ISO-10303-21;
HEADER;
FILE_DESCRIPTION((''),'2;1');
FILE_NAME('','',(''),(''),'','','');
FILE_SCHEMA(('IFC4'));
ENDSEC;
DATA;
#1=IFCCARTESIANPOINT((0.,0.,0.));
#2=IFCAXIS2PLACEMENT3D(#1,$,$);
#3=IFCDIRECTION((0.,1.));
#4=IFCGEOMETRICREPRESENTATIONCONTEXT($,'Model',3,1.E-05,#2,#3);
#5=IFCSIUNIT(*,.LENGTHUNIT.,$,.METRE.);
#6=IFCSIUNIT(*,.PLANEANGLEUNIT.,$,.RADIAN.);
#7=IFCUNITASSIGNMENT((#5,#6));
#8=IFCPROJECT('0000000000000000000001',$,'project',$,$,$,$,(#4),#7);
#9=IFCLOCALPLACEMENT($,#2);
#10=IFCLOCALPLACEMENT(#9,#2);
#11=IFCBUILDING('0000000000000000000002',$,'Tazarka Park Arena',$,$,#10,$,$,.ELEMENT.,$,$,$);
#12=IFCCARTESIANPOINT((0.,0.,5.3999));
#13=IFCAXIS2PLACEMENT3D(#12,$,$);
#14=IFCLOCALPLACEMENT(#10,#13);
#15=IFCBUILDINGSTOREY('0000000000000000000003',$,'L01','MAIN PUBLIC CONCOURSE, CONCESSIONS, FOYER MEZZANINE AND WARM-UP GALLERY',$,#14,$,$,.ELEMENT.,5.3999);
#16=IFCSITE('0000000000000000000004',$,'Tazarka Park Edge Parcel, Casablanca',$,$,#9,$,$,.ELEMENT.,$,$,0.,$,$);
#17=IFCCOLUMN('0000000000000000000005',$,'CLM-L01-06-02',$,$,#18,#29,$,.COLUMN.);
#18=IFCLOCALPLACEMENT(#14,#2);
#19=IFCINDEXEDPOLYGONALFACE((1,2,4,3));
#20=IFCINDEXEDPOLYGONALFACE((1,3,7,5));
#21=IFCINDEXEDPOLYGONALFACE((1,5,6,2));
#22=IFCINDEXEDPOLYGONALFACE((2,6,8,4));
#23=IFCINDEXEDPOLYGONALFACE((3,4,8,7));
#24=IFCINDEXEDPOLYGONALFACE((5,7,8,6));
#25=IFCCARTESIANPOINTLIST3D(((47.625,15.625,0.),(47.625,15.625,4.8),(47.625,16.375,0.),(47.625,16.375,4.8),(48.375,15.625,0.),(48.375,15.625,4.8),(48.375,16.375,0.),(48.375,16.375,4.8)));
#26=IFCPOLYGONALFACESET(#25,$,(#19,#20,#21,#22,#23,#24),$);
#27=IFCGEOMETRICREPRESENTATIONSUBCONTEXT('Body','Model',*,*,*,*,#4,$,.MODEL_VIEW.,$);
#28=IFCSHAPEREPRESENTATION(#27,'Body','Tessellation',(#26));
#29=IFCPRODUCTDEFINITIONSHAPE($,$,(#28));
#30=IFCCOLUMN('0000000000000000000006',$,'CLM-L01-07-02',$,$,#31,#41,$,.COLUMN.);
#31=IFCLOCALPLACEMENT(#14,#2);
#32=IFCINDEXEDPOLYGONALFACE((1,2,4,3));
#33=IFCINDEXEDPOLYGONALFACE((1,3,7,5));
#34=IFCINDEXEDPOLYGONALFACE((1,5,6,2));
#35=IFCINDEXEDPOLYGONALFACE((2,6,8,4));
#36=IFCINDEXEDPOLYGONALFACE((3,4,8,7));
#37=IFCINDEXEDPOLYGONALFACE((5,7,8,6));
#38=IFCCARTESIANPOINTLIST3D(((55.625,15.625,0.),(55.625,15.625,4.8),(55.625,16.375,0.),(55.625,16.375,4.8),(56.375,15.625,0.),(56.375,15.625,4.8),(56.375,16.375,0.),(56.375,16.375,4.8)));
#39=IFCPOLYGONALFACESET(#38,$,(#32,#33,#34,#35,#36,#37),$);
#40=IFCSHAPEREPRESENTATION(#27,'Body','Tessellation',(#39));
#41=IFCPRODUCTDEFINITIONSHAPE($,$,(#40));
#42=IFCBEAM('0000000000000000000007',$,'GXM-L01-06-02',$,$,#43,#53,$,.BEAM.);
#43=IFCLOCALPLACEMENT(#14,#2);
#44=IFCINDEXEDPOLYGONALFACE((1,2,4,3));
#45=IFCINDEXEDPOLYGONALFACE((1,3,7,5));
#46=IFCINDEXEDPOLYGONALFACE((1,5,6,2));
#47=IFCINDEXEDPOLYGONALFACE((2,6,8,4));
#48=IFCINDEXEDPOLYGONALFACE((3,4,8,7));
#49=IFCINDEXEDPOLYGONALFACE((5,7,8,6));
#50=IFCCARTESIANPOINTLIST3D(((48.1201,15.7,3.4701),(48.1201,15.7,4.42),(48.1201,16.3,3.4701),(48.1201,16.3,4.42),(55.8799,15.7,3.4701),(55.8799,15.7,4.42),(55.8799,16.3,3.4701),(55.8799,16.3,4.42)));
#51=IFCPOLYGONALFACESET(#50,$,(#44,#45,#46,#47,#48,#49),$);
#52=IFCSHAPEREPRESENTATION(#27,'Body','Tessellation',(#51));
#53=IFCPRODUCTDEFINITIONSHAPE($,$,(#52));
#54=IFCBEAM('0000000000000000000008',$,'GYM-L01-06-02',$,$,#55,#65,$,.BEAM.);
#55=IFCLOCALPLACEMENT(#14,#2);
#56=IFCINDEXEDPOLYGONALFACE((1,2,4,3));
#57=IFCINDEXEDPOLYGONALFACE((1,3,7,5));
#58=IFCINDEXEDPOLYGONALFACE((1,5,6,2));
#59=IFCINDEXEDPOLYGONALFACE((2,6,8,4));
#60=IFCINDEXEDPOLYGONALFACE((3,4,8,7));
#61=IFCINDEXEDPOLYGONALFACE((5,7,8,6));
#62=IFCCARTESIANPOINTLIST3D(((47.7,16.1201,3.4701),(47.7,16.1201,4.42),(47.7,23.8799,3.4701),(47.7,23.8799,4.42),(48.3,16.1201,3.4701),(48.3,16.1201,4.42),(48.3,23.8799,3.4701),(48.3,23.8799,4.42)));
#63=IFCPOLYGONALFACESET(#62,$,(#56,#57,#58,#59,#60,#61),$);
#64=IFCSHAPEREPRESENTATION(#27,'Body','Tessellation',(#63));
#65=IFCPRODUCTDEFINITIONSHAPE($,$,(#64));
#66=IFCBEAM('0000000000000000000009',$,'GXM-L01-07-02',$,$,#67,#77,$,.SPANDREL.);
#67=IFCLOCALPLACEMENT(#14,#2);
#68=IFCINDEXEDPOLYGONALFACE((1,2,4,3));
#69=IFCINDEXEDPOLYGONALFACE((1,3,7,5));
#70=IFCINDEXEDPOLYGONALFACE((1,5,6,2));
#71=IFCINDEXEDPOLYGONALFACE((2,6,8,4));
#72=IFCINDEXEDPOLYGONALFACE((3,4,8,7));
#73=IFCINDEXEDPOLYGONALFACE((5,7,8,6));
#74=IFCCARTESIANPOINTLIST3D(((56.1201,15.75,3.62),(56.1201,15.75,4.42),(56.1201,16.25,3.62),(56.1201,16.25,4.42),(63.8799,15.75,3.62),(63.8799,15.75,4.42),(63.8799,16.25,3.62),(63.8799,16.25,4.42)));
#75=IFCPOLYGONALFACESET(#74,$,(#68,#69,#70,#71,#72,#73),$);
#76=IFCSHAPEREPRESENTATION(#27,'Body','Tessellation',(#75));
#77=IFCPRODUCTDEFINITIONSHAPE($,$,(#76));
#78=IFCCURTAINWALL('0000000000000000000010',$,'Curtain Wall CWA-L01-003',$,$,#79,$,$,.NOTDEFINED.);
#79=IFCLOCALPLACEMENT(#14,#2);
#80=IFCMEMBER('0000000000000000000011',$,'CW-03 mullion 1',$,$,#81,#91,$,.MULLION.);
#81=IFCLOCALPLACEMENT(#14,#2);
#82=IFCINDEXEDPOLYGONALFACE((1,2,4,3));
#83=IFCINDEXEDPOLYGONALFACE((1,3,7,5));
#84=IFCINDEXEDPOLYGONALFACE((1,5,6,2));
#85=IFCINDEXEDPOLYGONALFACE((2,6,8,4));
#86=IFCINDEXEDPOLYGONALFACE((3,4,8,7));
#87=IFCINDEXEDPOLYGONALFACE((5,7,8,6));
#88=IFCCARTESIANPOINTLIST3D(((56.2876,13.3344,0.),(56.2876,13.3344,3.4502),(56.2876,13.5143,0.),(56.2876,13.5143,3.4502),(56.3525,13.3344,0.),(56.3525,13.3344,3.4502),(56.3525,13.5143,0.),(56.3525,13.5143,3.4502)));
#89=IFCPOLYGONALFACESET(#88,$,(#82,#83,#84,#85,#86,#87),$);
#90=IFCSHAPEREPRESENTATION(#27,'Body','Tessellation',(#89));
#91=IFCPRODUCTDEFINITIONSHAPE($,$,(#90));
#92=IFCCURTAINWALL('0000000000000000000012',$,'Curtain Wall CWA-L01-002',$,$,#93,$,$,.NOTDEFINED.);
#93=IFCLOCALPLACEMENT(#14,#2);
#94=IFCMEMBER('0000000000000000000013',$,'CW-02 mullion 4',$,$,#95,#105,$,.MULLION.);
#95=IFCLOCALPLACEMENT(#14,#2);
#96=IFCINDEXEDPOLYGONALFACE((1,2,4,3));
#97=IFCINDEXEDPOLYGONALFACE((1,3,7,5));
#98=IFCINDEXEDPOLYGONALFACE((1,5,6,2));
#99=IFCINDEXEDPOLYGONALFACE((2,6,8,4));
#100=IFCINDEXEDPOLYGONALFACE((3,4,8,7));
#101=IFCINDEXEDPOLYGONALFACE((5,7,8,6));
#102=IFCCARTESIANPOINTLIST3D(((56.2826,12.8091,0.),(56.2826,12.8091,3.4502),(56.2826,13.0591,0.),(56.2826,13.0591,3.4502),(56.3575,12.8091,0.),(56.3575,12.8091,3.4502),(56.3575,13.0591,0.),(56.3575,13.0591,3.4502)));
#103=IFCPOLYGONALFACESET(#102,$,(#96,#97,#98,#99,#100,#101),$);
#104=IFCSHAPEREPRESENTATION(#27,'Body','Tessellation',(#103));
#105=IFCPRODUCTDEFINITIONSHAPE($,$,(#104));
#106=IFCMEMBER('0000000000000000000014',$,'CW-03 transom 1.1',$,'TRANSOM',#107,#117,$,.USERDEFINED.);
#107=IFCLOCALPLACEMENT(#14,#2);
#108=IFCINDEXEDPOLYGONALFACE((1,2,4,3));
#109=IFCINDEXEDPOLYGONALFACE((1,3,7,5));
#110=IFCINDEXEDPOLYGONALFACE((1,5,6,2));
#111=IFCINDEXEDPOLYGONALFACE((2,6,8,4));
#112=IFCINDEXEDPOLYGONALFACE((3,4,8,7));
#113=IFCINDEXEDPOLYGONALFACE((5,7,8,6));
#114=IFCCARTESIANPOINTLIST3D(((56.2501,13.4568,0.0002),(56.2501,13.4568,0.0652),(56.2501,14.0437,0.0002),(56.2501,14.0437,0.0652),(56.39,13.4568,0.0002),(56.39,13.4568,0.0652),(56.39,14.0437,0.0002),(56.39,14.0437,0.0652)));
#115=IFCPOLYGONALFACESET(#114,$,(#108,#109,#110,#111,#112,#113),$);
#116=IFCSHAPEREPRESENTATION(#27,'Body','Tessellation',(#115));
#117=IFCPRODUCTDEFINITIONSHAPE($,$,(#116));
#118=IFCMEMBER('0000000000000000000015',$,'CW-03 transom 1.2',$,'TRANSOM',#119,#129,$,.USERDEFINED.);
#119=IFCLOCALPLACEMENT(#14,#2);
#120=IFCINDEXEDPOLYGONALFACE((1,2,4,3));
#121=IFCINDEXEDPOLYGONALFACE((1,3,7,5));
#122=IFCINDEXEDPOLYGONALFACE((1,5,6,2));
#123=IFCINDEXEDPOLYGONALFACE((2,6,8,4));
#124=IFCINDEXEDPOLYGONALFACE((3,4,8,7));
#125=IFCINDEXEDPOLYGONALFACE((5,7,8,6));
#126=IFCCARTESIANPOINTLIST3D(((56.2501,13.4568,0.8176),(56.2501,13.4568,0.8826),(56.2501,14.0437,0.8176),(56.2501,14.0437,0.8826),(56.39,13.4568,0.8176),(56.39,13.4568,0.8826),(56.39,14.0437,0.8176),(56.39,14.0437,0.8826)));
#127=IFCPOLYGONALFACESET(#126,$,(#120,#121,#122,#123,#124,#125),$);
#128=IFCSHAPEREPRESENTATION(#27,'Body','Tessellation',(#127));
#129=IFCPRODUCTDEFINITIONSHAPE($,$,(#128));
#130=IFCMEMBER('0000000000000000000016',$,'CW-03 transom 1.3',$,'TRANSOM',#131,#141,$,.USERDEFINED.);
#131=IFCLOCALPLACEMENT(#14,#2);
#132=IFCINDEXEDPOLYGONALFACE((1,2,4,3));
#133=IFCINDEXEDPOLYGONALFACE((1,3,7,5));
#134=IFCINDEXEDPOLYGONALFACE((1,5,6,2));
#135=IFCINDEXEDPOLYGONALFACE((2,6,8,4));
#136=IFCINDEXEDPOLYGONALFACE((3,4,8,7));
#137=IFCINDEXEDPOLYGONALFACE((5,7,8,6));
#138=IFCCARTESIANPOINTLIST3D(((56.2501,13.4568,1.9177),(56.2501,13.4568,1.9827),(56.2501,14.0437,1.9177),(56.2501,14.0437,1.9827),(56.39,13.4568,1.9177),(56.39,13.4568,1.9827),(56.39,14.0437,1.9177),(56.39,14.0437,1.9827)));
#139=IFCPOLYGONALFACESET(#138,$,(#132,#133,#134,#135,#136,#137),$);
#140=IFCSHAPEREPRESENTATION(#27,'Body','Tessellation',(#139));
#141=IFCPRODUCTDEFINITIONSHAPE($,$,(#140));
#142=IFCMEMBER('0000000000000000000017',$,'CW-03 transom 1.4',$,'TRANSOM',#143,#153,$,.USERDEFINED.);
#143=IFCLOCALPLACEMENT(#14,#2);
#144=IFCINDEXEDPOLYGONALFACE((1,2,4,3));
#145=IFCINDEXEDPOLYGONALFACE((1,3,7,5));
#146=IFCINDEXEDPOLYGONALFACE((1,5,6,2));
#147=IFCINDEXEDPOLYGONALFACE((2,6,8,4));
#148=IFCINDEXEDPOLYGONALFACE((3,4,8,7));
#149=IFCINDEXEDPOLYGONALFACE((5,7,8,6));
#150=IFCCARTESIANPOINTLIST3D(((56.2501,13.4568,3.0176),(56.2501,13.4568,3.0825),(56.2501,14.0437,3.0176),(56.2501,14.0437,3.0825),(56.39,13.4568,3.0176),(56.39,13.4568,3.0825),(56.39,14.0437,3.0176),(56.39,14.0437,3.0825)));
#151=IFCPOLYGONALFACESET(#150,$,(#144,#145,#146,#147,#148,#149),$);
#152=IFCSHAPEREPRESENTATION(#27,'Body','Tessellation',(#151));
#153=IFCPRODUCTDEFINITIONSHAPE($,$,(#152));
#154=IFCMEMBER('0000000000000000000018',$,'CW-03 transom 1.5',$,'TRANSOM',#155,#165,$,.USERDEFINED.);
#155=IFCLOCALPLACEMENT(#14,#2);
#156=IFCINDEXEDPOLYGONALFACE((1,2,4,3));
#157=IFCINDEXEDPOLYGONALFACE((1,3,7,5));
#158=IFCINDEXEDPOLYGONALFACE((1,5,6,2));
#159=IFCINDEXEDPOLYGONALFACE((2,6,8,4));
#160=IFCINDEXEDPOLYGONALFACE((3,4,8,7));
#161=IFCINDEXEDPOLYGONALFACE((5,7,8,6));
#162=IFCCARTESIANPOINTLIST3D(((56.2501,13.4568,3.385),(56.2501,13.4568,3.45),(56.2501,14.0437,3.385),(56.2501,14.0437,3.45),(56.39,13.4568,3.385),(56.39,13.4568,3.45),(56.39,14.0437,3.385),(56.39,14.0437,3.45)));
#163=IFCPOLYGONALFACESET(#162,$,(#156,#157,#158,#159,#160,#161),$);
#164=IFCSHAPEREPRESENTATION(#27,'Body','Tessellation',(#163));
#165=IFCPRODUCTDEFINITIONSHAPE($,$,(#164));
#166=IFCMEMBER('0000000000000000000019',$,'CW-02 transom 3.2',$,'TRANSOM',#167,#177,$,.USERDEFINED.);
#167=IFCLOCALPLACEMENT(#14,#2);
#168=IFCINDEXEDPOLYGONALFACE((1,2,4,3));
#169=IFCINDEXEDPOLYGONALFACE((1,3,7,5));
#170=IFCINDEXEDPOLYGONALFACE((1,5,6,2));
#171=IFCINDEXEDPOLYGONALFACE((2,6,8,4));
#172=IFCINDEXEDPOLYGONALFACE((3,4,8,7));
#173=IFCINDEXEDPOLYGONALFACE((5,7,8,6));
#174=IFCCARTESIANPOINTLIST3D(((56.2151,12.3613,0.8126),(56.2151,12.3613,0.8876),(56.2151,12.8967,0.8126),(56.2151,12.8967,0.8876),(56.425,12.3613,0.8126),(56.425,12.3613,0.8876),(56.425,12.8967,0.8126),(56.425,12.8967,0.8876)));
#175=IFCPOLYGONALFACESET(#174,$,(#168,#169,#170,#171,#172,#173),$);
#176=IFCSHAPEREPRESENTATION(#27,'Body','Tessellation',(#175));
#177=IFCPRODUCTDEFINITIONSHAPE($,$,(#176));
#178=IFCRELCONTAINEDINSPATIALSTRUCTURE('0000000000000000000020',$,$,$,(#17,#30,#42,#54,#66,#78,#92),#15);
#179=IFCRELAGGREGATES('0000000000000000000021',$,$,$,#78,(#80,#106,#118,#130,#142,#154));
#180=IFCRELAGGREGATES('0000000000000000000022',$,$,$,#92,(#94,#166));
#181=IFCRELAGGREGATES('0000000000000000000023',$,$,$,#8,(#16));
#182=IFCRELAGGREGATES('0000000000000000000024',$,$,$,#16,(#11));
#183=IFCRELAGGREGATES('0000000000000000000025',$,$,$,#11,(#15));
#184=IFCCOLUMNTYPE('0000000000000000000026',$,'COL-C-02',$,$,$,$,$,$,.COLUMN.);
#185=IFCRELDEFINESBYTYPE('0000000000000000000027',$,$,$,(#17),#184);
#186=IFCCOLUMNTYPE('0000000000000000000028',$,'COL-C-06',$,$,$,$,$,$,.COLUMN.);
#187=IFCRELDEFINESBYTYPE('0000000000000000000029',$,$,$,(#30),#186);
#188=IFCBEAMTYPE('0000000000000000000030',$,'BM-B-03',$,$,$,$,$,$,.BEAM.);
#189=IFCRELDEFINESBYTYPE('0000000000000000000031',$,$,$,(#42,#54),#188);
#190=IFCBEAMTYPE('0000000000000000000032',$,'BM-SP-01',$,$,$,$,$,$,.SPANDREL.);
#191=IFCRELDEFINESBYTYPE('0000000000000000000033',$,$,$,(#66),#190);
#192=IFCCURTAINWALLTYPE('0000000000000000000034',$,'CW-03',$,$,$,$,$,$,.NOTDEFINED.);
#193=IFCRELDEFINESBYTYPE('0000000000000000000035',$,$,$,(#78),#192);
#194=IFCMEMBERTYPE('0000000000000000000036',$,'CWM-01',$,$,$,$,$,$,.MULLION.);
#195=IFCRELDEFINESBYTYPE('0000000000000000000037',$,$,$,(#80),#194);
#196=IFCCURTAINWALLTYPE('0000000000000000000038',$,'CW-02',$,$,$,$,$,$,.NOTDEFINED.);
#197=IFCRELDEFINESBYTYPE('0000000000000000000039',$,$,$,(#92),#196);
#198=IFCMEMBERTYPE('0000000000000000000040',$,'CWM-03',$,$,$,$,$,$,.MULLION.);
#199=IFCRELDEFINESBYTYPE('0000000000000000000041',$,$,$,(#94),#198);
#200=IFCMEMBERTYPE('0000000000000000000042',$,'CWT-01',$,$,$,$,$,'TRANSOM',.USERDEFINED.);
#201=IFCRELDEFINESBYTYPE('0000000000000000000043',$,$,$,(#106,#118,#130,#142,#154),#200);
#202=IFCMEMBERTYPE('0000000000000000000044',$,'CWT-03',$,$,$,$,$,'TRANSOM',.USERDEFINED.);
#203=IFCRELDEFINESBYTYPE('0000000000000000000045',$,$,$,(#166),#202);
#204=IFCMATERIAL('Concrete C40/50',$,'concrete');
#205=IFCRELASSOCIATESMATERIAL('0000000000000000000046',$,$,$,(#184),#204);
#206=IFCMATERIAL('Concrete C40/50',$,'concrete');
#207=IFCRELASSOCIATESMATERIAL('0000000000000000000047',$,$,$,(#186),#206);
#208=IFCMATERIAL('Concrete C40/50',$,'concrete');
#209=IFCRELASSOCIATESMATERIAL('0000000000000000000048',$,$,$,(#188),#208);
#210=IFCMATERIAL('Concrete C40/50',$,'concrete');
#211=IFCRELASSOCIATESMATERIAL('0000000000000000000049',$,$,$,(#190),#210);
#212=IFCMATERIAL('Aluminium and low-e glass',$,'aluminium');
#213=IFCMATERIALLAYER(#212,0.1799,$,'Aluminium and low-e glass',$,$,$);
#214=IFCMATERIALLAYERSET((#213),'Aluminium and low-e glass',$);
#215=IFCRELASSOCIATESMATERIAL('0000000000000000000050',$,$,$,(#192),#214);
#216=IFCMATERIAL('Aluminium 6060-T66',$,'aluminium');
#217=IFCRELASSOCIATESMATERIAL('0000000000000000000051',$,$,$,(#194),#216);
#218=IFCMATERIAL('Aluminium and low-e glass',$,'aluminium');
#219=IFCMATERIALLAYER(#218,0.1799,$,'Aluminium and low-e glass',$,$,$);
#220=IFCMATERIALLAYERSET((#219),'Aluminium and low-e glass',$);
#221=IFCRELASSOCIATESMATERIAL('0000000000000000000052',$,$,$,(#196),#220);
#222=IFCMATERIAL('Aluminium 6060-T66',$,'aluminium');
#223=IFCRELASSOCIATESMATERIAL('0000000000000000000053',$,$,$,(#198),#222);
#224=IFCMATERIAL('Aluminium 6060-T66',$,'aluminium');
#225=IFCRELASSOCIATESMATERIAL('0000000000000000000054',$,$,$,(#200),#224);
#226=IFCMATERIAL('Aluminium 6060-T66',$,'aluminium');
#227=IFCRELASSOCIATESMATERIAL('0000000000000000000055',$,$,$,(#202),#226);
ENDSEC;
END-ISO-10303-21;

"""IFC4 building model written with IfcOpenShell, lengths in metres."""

from ifc_helpers import new_model, si_unit, direction, frame, origin, origin_2d, place, context, subcontext, project, spatial, rectangle, extrude, material, layer, layer_set, material_profile, profile_set, type_object, element, aggregate, save


model = new_model("IFC4")

# Units and contexts
model_context = context("Model", 3, precision=1e-05, world=origin(), true_north=direction((0.0, 1.0)))
body_context = subcontext(model_context, "Body", "Model", "MODEL_VIEW")
ifc_project = project(units=[si_unit("LENGTHUNIT", "METRE"), si_unit("PLANEANGLEUNIT", "RADIAN")], contexts=[model_context])

# Site, building, storey
site_placement = place(None, origin())
site = spatial("IfcSite", under=ifc_project, at=site_placement, Name="Tazarka Park Edge Parcel, Casablanca", CompositionType="ELEMENT", RefElevation=0.0)
building_placement = place(site_placement, origin())
building = spatial("IfcBuilding", under=site, at=building_placement, Name="Tazarka Park Arena", CompositionType="ELEMENT")
storey_placement = place(building_placement, frame((0.0, 0.0, 5.3999)))
storey = spatial("IfcBuildingStorey", under=building, at=storey_placement, Name="L01", Description="MAIN PUBLIC CONCOURSE, CONCESSIONS, FOYER MEZZANINE AND WARM-UP GALLERY", CompositionType="ELEMENT", Elevation=5.3999)

# Columns
ifc_material_1 = material(Name="Concrete C40/50", Category="concrete")
ifc_material_profile_1 = material_profile(ifc_material_1, rectangle(XDim=0.75, YDim=0.75, at=origin_2d()), Name="Concrete C40/50")
ifc_profile_set_1 = profile_set([ifc_material_profile_1], Name="Concrete C40/50")
column_type_1 = type_object("IfcColumnType", Name="COL-C-02", PredefinedType="COLUMN", material=ifc_profile_set_1)
column_1_placement = place(storey_placement, frame((48.0, 16.0, 0.0), z_axis=(0.0, 0.0, 1.0), x_axis=(1.0, 0.0, 0.0)))
element("IfcColumn", 1, at=column_1_placement, inside=storey, type_object=column_type_1, Name="CLM-L01-06-02", PredefinedType="COLUMN", context=body_context, shape_type="SweptSolid", body=[
    extrude(rectangle(XDim=0.75, YDim=0.75, at=origin_2d()), origin(), (0.0, 0.0, 1.0), 4.8),
])
ifc_material_2 = material(Name="Concrete C40/50", Category="concrete")
ifc_material_profile_2 = material_profile(ifc_material_2, rectangle(XDim=0.75, YDim=0.75, at=origin_2d()), Name="Concrete C40/50")
ifc_profile_set_2 = profile_set([ifc_material_profile_2], Name="Concrete C40/50")
column_type_2 = type_object("IfcColumnType", Name="COL-C-06", PredefinedType="COLUMN", material=ifc_profile_set_2)
column_2_placement = place(storey_placement, frame((56.0, 16.0, 0.0), z_axis=(0.0, 0.0, 1.0), x_axis=(1.0, 0.0, 0.0)))
element("IfcColumn", 2, at=column_2_placement, inside=storey, type_object=column_type_2, Name="CLM-L01-07-02", PredefinedType="COLUMN", context=body_context, shape_type="SweptSolid", body=[
    extrude(rectangle(XDim=0.75, YDim=0.75, at=origin_2d()), origin(), (0.0, 0.0, 1.0), 4.8),
])

# Beams
ifc_material_3 = material(Name="Concrete C40/50", Category="concrete")
ifc_material_profile_3 = material_profile(ifc_material_3, rectangle(XDim=0.6001, YDim=0.95, at=origin_2d()), Name="Concrete C40/50")
ifc_profile_set_3 = profile_set([ifc_material_profile_3], Name="Concrete C40/50")
beam_type_1 = type_object("IfcBeamType", Name="BM-B-03", PredefinedType="BEAM", material=ifc_profile_set_3)
for number, where, z_axis, x_axis, name in (
    (3, (48.1201, 16.0, 3.9451), (1.0, 0.0, 0.0), (0.0, 1.0, 0.0), "GXM-L01-06-02"),
    (4, (48.0, 16.1201, 3.9451), (0.0, 1.0, 0.0), (-1.0, 0.0, 0.0), "GYM-L01-06-02"),
):
    element("IfcBeam", number, at=place(storey_placement, frame(where, z_axis=z_axis, x_axis=x_axis)), inside=storey, type_object=beam_type_1, Name=name, PredefinedType="BEAM", context=body_context, shape_type="SweptSolid", body=[
        extrude(rectangle(XDim=0.6001, YDim=0.95, at=origin_2d()), origin(), (0.0, 0.0, 1.0), 7.7598),
    ])
ifc_material_4 = material(Name="Concrete C40/50", Category="concrete")
ifc_material_profile_4 = material_profile(ifc_material_4, rectangle(XDim=0.5, YDim=0.8, at=origin_2d()), Name="Concrete C40/50")
ifc_profile_set_4 = profile_set([ifc_material_profile_4], Name="Concrete C40/50")
beam_type_2 = type_object("IfcBeamType", Name="BM-SP-01", PredefinedType="SPANDREL", material=ifc_profile_set_4)
beam_placement = place(storey_placement, frame((56.1201, 16.0, 4.02), z_axis=(1.0, 0.0, 0.0), x_axis=(0.0, 1.0, 0.0)))
element("IfcBeam", 5, at=beam_placement, inside=storey, type_object=beam_type_2, Name="GXM-L01-07-02", PredefinedType="SPANDREL", context=body_context, shape_type="SweptSolid", body=[
    extrude(rectangle(XDim=0.5, YDim=0.8, at=origin_2d()), origin(), (0.0, 0.0, 1.0), 7.7598),
])

# Curtain walls, members
ifc_material_5 = material(Name="Aluminium and low-e glass", Category="aluminium")
ifc_layer_1 = layer(ifc_material_5, 0.1799, Name="Aluminium and low-e glass")
ifc_layer_set_1 = layer_set([ifc_layer_1], Name="Aluminium and low-e glass")
curtain_wall_type_1 = type_object("IfcCurtainWallType", Name="CW-03", PredefinedType="NOTDEFINED", material=ifc_layer_set_1)
curtain_wall_1_placement = place(storey_placement, origin())
curtain_wall_1 = element("IfcCurtainWall", 6, at=curtain_wall_1_placement, inside=storey, type_object=curtain_wall_type_1, Name="Curtain Wall CWA-L01-003", PredefinedType="NOTDEFINED")
ifc_material_6 = material(Name="Aluminium 6060-T66", Category="aluminium")
ifc_material_profile_5 = material_profile(ifc_material_6, rectangle(XDim=0.0649, YDim=0.1799, at=origin_2d()), Name="Aluminium 6060-T66")
ifc_profile_set_5 = profile_set([ifc_material_profile_5], Name="Aluminium 6060-T66")
member_type_1 = type_object("IfcMemberType", Name="CWM-01", PredefinedType="MULLION", material=ifc_profile_set_5)
member_1_placement = place(storey_placement, frame((56.3201, 13.4243, 0.0), z_axis=(0.0, 0.0, 1.0), x_axis=(-1.0, 0.0, 0.0)))
member_1 = element("IfcMember", 7, at=member_1_placement, type_object=member_type_1, Name="CW-03 mullion 1", PredefinedType="MULLION", context=body_context, shape_type="SweptSolid", body=[
    extrude(rectangle(XDim=0.0649, YDim=0.1799, at=origin_2d()), origin(), (0.0, 0.0, 1.0), 3.4502),
])
ifc_material_7 = material(Name="Aluminium and low-e glass", Category="aluminium")
ifc_layer_2 = layer(ifc_material_7, 0.1799, Name="Aluminium and low-e glass")
ifc_layer_set_2 = layer_set([ifc_layer_2], Name="Aluminium and low-e glass")
curtain_wall_type_2 = type_object("IfcCurtainWallType", Name="CW-02", PredefinedType="NOTDEFINED", material=ifc_layer_set_2)
curtain_wall_2_placement = place(storey_placement, origin())
curtain_wall_2 = element("IfcCurtainWall", 8, at=curtain_wall_2_placement, inside=storey, type_object=curtain_wall_type_2, Name="Curtain Wall CWA-L01-002", PredefinedType="NOTDEFINED")
ifc_material_8 = material(Name="Aluminium 6060-T66", Category="aluminium")
ifc_material_profile_6 = material_profile(ifc_material_8, rectangle(XDim=0.075, YDim=0.25, at=origin_2d()), Name="Aluminium 6060-T66")
ifc_profile_set_6 = profile_set([ifc_material_profile_6], Name="Aluminium 6060-T66")
member_type_2 = type_object("IfcMemberType", Name="CWM-03", PredefinedType="MULLION", material=ifc_profile_set_6)
member_2_placement = place(storey_placement, frame((56.3201, 12.9341, 0.0), z_axis=(0.0, 0.0, 1.0), x_axis=(-1.0, 0.0, 0.0)))
member_2 = element("IfcMember", 9, at=member_2_placement, type_object=member_type_2, Name="CW-02 mullion 4", PredefinedType="MULLION", context=body_context, shape_type="SweptSolid", body=[
    extrude(rectangle(XDim=0.075, YDim=0.25, at=origin_2d()), origin(), (0.0, 0.0, 1.0), 3.4502),
])

# Members
ifc_material_9 = material(Name="Aluminium 6060-T66", Category="aluminium")
ifc_material_profile_7 = material_profile(ifc_material_9, rectangle(XDim=0.1399, YDim=0.0649, at=origin_2d()), Name="Aluminium 6060-T66")
ifc_profile_set_7 = profile_set([ifc_material_profile_7], Name="Aluminium 6060-T66")
member_type_3 = type_object("IfcMemberType", Name="CWT-01", ElementType="TRANSOM", PredefinedType="USERDEFINED", material=ifc_profile_set_7)
member_3_placement = place(storey_placement, frame((56.3201, 13.4568, 0.0327), z_axis=(0.0, 1.0, 0.0), x_axis=(-1.0, 0.0, 0.0)))
member_3 = element("IfcMember", 10, at=member_3_placement, type_object=member_type_3, Name="CW-03 transom 1.1", ObjectType="TRANSOM", PredefinedType="USERDEFINED", context=body_context, shape_type="SweptSolid", body=[
    extrude(rectangle(XDim=0.1399, YDim=0.0649, at=origin_2d()), origin(), (0.0, 0.0, 1.0), 0.5869),
])
member_4_placement = place(storey_placement, frame((56.3201, 13.4568, 0.8501), z_axis=(0.0, 1.0, 0.0), x_axis=(-1.0, 0.0, 0.0)))
member_4 = element("IfcMember", 11, at=member_4_placement, type_object=member_type_3, Name="CW-03 transom 1.2", ObjectType="TRANSOM", PredefinedType="USERDEFINED", context=body_context, shape_type="SweptSolid", body=[
    extrude(rectangle(XDim=0.1399, YDim=0.0649, at=origin_2d()), origin(), (0.0, 0.0, 1.0), 0.5869),
])
member_5_placement = place(storey_placement, frame((56.3201, 13.4568, 1.9502), z_axis=(0.0, 1.0, 0.0), x_axis=(-1.0, 0.0, 0.0)))
member_5 = element("IfcMember", 12, at=member_5_placement, type_object=member_type_3, Name="CW-03 transom 1.3", ObjectType="TRANSOM", PredefinedType="USERDEFINED", context=body_context, shape_type="SweptSolid", body=[
    extrude(rectangle(XDim=0.1399, YDim=0.0649, at=origin_2d()), origin(), (0.0, 0.0, 1.0), 0.5869),
])
member_6_placement = place(storey_placement, frame((56.3201, 13.4568, 3.05), z_axis=(0.0, 1.0, 0.0), x_axis=(-1.0, 0.0, 0.0)))
member_6 = element("IfcMember", 13, at=member_6_placement, type_object=member_type_3, Name="CW-03 transom 1.4", ObjectType="TRANSOM", PredefinedType="USERDEFINED", context=body_context, shape_type="SweptSolid", body=[
    extrude(rectangle(XDim=0.1399, YDim=0.0649, at=origin_2d()), origin(), (0.0, 0.0, 1.0), 0.5869),
])
member_7_placement = place(storey_placement, frame((56.3201, 13.4568, 3.4175), z_axis=(0.0, 1.0, 0.0), x_axis=(-1.0, 0.0, 0.0)))
member_7 = element("IfcMember", 14, at=member_7_placement, type_object=member_type_3, Name="CW-03 transom 1.5", ObjectType="TRANSOM", PredefinedType="USERDEFINED", context=body_context, shape_type="SweptSolid", body=[
    extrude(rectangle(XDim=0.1399, YDim=0.0649, at=origin_2d()), origin(), (0.0, 0.0, 1.0), 0.5869),
])
aggregate(curtain_wall_1, [member_1, member_3, member_4, member_5, member_6, member_7])
ifc_material_10 = material(Name="Aluminium 6060-T66", Category="aluminium")
ifc_material_profile_8 = material_profile(ifc_material_10, rectangle(XDim=0.21, YDim=0.075, at=origin_2d()), Name="Aluminium 6060-T66")
ifc_profile_set_8 = profile_set([ifc_material_profile_8], Name="Aluminium 6060-T66")
member_type_4 = type_object("IfcMemberType", Name="CWT-03", ElementType="TRANSOM", PredefinedType="USERDEFINED", material=ifc_profile_set_8)
member_8_placement = place(storey_placement, frame((56.3201, 12.3613, 0.8501), z_axis=(0.0, 1.0, 0.0), x_axis=(-1.0, 0.0, 0.0)))
member_8 = element("IfcMember", 15, at=member_8_placement, type_object=member_type_4, Name="CW-02 transom 3.2", ObjectType="TRANSOM", PredefinedType="USERDEFINED", context=body_context, shape_type="SweptSolid", body=[
    extrude(rectangle(XDim=0.21, YDim=0.075, at=origin_2d()), origin(), (0.0, 0.0, 1.0), 0.5354),
])

aggregate(curtain_wall_2, [member_2, member_8])

save(model, "model.ifc")
